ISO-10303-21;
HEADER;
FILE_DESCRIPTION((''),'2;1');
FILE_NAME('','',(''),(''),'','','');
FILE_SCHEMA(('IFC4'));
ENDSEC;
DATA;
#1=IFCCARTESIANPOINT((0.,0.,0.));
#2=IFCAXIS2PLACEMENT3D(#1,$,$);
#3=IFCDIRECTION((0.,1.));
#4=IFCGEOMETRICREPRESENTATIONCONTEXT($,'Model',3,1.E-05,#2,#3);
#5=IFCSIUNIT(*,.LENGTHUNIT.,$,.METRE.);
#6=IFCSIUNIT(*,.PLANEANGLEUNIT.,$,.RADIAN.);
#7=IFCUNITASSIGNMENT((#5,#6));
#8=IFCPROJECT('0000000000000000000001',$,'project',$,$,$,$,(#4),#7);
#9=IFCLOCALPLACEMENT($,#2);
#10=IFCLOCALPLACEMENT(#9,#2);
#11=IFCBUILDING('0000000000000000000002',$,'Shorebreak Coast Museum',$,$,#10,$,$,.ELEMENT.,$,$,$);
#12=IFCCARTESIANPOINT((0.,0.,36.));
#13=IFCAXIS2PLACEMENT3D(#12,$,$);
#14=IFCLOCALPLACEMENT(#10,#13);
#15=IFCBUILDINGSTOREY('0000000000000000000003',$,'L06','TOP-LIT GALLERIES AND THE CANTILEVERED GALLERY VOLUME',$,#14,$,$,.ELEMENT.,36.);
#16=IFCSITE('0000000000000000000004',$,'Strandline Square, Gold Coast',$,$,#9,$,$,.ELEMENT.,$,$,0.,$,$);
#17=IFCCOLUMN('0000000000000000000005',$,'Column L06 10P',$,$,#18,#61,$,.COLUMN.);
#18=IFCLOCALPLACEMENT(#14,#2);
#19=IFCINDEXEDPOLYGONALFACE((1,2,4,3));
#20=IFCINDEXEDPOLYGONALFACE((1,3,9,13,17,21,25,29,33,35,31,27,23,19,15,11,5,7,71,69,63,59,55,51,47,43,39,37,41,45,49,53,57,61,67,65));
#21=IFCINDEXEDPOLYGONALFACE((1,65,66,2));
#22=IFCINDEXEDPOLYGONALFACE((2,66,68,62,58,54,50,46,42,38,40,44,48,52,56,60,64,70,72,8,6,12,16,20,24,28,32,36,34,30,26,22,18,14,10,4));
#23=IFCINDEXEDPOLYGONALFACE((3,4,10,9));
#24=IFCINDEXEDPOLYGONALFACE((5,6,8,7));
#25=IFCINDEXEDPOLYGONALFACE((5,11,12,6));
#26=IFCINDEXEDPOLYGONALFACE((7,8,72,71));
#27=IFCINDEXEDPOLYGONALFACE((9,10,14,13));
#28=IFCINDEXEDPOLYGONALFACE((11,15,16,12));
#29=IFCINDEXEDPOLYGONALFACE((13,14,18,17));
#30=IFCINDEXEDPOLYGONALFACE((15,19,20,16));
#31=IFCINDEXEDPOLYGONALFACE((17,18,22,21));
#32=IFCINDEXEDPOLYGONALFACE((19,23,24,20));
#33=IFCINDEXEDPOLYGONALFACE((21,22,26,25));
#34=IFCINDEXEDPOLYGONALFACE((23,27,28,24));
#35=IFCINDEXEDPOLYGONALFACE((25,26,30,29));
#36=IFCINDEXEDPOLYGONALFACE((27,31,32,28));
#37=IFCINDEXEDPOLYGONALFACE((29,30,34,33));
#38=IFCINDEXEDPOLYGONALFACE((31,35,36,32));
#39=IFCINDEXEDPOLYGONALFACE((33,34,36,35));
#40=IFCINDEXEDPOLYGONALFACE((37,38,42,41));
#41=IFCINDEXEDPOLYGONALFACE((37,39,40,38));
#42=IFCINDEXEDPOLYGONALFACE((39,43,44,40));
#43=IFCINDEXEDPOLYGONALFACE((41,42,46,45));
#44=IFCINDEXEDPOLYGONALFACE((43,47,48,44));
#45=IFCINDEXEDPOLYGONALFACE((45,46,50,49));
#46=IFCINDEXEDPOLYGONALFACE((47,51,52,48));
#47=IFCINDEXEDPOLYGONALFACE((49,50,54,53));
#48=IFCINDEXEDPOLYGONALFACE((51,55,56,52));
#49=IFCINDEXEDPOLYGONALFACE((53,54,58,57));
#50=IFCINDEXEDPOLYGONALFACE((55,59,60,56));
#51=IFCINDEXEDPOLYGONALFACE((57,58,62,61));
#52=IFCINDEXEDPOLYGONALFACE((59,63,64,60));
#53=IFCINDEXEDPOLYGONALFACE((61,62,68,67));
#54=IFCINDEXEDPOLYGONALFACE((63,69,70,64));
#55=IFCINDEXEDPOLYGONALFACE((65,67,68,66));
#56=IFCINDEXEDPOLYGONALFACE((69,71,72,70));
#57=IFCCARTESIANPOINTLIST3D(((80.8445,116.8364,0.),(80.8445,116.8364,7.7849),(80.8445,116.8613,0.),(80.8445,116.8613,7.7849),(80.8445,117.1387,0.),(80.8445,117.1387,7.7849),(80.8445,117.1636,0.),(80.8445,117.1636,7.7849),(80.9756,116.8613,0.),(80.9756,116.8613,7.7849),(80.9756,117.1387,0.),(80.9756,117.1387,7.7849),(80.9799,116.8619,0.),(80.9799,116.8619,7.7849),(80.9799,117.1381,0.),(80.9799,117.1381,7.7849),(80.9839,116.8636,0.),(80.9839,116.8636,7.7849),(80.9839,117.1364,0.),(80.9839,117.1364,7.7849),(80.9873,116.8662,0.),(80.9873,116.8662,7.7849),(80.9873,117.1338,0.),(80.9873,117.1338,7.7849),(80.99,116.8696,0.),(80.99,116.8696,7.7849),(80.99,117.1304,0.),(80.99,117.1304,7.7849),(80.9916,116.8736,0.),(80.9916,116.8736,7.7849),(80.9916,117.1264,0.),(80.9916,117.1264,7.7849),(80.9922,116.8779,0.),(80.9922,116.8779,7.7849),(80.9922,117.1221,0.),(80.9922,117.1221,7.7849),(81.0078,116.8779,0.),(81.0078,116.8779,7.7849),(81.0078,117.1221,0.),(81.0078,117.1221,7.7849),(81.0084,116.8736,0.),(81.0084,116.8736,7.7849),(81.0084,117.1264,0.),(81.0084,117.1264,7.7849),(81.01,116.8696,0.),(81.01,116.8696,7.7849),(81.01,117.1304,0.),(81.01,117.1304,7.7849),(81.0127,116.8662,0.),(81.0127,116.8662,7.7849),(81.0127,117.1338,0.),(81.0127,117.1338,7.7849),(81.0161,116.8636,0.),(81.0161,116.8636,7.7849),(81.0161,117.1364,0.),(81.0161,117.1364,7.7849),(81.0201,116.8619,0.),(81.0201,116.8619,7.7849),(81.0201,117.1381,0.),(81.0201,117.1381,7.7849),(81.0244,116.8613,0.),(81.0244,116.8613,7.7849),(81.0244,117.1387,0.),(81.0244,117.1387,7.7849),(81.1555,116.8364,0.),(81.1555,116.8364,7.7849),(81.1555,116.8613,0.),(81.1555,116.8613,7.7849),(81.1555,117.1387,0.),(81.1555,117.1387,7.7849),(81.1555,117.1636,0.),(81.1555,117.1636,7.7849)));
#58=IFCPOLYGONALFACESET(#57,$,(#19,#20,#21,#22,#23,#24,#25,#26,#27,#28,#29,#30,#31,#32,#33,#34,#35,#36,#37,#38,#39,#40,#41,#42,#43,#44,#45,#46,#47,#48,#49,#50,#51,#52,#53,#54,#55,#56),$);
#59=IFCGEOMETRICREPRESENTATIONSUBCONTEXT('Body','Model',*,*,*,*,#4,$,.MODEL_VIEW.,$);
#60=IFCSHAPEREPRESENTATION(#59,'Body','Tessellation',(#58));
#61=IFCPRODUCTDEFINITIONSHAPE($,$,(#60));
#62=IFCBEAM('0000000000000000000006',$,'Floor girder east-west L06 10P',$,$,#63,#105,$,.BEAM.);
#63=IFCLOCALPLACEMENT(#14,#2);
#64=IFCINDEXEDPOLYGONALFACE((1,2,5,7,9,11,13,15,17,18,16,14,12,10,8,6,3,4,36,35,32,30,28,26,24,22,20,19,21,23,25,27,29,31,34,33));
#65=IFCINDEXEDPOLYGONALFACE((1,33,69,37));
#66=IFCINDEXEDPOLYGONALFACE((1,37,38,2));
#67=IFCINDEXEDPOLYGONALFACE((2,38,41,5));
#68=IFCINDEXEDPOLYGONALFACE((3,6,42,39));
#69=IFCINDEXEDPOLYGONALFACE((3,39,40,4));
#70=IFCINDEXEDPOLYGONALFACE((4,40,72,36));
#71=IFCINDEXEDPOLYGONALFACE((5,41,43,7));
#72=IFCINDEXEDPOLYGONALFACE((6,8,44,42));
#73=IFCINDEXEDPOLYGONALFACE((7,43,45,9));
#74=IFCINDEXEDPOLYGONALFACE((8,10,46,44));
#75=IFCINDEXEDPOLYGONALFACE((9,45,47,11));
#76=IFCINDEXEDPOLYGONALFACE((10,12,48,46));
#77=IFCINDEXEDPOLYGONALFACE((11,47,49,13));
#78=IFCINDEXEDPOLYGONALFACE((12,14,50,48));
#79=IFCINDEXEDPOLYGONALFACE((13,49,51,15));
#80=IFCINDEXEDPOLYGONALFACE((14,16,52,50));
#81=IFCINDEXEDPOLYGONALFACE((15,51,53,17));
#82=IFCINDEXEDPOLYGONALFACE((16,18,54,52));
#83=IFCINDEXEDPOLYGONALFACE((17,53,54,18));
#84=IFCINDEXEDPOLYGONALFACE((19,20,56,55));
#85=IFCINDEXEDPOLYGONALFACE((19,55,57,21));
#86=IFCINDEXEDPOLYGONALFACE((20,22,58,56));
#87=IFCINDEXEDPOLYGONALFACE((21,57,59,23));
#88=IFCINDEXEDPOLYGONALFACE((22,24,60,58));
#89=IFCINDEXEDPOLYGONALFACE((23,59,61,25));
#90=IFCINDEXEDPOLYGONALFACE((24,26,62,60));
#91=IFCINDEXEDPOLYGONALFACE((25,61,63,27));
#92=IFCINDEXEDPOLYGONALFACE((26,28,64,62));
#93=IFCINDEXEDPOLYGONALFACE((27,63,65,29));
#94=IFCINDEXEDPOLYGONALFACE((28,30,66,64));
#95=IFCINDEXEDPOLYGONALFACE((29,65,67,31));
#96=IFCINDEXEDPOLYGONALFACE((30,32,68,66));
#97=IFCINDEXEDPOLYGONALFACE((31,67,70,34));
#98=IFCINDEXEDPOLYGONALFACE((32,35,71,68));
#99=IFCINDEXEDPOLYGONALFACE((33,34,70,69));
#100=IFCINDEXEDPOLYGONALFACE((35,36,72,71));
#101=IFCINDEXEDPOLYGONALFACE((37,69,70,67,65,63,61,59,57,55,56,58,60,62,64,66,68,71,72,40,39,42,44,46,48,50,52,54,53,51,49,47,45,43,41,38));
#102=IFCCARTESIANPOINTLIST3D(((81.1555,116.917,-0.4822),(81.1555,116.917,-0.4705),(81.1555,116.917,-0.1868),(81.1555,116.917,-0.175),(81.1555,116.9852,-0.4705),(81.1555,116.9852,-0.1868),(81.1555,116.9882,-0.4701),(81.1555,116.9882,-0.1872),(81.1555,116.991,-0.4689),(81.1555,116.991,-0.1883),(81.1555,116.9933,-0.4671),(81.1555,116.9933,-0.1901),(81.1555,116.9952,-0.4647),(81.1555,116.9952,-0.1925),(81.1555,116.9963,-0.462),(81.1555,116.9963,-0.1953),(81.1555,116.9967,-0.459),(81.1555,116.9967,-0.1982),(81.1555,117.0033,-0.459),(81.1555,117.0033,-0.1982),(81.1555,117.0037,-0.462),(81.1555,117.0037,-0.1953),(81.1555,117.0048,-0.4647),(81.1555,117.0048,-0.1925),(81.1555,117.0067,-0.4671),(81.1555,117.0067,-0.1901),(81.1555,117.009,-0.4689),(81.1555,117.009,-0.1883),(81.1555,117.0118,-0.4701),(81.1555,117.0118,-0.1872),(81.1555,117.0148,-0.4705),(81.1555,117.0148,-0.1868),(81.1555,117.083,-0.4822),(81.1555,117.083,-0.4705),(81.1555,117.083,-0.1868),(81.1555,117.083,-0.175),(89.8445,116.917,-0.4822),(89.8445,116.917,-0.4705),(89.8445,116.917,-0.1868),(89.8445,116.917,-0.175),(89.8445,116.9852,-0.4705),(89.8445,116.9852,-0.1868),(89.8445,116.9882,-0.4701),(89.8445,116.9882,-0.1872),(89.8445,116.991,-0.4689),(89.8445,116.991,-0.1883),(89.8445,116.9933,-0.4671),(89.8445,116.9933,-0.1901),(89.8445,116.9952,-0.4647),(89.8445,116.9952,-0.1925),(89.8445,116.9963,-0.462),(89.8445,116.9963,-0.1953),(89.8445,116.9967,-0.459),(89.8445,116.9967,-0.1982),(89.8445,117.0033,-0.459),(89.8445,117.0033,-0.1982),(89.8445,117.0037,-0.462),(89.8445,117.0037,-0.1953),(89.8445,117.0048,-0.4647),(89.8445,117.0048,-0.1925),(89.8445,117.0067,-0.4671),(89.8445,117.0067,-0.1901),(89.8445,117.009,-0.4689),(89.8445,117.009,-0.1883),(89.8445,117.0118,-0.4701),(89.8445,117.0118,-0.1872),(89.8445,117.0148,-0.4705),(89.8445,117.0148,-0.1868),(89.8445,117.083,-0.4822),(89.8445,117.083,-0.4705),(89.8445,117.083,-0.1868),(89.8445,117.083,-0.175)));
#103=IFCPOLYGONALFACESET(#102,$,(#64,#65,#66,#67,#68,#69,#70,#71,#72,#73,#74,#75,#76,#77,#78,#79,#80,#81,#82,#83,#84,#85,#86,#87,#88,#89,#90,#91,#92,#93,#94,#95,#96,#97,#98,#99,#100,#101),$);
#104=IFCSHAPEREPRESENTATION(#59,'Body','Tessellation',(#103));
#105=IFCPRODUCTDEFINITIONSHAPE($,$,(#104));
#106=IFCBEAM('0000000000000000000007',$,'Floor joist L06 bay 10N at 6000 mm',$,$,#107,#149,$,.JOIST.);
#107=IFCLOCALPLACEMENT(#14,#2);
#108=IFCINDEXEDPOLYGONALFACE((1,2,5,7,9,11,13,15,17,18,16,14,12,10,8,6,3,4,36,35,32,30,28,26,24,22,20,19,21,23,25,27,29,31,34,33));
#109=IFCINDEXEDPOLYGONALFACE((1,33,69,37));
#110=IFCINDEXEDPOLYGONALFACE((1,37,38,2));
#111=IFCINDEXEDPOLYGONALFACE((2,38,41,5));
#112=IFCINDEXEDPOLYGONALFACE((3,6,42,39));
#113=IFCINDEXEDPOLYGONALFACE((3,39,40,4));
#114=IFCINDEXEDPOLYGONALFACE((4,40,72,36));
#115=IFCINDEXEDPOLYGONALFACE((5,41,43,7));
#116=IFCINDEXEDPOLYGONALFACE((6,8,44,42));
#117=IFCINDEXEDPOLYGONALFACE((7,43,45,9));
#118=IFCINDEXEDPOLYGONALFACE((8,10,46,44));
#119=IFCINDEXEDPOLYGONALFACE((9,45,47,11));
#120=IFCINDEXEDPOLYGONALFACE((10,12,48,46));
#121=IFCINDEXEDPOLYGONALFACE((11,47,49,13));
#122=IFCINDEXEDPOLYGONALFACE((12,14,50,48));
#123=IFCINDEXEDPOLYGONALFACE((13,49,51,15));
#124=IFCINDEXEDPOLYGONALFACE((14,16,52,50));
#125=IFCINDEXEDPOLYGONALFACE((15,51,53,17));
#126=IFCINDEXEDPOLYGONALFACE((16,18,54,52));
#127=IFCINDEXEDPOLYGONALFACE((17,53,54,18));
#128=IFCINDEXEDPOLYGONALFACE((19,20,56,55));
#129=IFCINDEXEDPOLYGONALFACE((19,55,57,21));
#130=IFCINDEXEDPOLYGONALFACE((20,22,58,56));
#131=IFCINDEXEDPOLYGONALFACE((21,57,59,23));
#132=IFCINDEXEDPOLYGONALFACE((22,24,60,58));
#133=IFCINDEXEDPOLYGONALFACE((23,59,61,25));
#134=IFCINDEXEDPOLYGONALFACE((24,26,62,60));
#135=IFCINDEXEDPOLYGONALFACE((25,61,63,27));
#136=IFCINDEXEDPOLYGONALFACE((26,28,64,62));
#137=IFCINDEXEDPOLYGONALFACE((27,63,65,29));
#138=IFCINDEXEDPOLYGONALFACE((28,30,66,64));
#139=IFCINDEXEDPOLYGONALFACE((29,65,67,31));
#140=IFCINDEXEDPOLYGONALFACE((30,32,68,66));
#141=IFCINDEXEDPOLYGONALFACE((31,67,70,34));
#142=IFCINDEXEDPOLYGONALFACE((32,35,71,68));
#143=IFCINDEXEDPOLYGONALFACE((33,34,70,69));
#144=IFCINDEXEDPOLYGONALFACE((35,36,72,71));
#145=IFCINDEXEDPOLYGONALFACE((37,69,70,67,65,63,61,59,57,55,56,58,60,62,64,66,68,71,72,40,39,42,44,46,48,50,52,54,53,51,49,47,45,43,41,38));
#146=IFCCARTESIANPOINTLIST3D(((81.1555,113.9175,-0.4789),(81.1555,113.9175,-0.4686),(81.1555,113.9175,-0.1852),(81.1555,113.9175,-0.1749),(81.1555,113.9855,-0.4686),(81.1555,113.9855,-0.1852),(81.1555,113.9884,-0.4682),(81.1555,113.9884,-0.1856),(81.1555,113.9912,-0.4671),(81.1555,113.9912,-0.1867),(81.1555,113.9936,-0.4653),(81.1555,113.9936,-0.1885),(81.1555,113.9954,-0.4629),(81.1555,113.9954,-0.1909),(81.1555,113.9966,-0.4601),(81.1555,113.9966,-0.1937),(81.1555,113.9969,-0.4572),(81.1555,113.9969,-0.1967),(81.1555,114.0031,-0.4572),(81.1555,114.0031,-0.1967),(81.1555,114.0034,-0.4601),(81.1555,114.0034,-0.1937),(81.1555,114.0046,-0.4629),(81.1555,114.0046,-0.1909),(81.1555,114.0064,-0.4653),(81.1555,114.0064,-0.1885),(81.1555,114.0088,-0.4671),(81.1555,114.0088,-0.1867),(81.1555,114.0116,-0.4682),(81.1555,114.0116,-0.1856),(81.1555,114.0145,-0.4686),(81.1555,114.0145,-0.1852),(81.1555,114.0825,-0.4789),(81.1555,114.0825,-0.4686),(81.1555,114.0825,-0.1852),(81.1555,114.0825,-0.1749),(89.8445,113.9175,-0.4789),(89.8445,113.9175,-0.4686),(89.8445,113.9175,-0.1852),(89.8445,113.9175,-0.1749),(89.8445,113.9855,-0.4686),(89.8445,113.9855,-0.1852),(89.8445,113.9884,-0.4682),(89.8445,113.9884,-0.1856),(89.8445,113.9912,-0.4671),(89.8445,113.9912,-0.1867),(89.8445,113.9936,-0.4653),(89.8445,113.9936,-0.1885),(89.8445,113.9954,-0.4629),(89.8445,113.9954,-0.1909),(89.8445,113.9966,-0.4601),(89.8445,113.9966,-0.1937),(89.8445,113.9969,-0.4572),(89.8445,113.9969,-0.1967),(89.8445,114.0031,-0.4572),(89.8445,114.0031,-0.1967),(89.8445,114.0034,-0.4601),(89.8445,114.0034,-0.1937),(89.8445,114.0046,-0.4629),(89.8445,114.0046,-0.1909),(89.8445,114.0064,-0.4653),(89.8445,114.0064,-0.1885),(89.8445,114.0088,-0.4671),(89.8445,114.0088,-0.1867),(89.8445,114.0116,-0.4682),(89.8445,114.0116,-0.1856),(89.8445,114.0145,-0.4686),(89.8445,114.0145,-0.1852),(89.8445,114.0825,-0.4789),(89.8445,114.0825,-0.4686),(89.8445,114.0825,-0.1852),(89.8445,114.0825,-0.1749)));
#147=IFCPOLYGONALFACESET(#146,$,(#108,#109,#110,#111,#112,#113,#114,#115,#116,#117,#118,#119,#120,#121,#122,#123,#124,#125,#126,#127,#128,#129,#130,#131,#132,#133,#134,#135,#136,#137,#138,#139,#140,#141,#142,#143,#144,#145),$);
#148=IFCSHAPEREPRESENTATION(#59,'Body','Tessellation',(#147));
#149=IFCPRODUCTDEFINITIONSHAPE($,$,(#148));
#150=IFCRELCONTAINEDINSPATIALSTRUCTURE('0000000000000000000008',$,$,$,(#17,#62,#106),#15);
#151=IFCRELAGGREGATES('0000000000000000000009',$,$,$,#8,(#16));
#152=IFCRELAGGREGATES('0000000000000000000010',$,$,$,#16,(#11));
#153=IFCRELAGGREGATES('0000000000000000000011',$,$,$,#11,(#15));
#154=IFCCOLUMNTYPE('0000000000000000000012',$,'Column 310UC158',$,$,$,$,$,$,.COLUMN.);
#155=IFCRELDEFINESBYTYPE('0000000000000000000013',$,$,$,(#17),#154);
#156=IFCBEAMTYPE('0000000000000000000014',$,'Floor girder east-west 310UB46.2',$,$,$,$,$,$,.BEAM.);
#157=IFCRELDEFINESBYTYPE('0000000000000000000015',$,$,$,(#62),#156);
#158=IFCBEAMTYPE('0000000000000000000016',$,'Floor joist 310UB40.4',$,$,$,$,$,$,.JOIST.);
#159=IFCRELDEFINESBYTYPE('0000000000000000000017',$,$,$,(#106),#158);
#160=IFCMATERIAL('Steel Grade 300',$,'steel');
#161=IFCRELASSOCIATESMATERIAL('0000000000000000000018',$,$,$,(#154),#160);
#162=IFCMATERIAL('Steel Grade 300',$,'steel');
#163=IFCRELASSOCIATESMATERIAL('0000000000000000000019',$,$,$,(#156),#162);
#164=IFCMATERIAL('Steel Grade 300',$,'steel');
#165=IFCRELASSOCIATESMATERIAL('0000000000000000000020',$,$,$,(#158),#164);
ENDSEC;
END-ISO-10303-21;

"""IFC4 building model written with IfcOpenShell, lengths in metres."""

from ifc_helpers import new_model, si_unit, direction, frame, origin, origin_2d, place, context, subcontext, project, spatial, i_section, extrude, material, material_profile, profile_set, type_object, element, save


model = new_model("IFC4")

# Units and contexts
model_context = context("Model", 3, precision=1e-05, world=origin(), true_north=direction((0.0, 1.0)))
body_context = subcontext(model_context, "Body", "Model", "MODEL_VIEW")
ifc_project = project(units=[si_unit("LENGTHUNIT", "METRE"), si_unit("PLANEANGLEUNIT", "RADIAN")], contexts=[model_context])

# Site, building, storey
site_placement = place(None, origin())
site = spatial("IfcSite", under=ifc_project, at=site_placement, Name="Strandline Square, Gold Coast", CompositionType="ELEMENT", RefElevation=0.0)
building_placement = place(site_placement, origin())
building = spatial("IfcBuilding", under=site, at=building_placement, Name="Shorebreak Coast Museum", CompositionType="ELEMENT")
storey_placement = place(building_placement, frame((0.0, 0.0, 36.0)))
storey = spatial("IfcBuildingStorey", under=building, at=storey_placement, Name="L06", Description="TOP-LIT GALLERIES AND THE CANTILEVERED GALLERY VOLUME", CompositionType="ELEMENT", Elevation=36.0)

# Column
ifc_material_1 = material(Name="Steel Grade 300", Category="steel")
ifc_material_profile_1 = material_profile(ifc_material_1, i_section(OverallWidth=0.311, OverallDepth=0.3271, WebThickness=0.0156, FlangeThickness=0.0249, FilletRadius=0.0166, at=origin_2d()), Name="310UC158")
ifc_profile_set_1 = profile_set([ifc_material_profile_1], Name="Steel Grade 300")
column_type = type_object("IfcColumnType", Name="Column 310UC158", PredefinedType="COLUMN", material=ifc_profile_set_1)
column_placement = place(storey_placement, frame((81.0, 117.0, 0.0), z_axis=(0.0, 0.0, 1.0), x_axis=(1.0, 0.0, 0.0)))
element("IfcColumn", 1, at=column_placement, inside=storey, type_object=column_type, Name="Column L06 10P", PredefinedType="COLUMN", context=body_context, shape_type="SweptSolid", body=[
    extrude(i_section(OverallWidth=0.311, OverallDepth=0.3271, WebThickness=0.0156, FlangeThickness=0.0249, FilletRadius=0.0166, at=origin_2d()), origin(), (0.0, 0.0, 1.0), 7.7849),
])

# Beams
ifc_material_2 = material(Name="Steel Grade 300", Category="steel")
ifc_material_profile_2 = material_profile(ifc_material_2, i_section(OverallWidth=0.166, OverallDepth=0.3071, WebThickness=0.0066, FlangeThickness=0.0117, FilletRadius=0.0115, at=origin_2d()), Name="310UB46.2")
ifc_profile_set_2 = profile_set([ifc_material_profile_2], Name="Steel Grade 300")
beam_type_1 = type_object("IfcBeamType", Name="Floor girder east-west 310UB46.2", PredefinedType="BEAM", material=ifc_profile_set_2)
beam_1_placement = place(storey_placement, frame((81.1555, 117.0, -0.3286), z_axis=(1.0, 0.0, 0.0), x_axis=(0.0, 1.0, 0.0)))
element("IfcBeam", 2, at=beam_1_placement, inside=storey, type_object=beam_type_1, Name="Floor girder east-west L06 10P", PredefinedType="BEAM", context=body_context, shape_type="SweptSolid", body=[
    extrude(i_section(OverallWidth=0.166, OverallDepth=0.3071, WebThickness=0.0066, FlangeThickness=0.0117, FilletRadius=0.0115, at=origin_2d()), origin(), (0.0, 0.0, 1.0), 8.689),
])
ifc_material_3 = material(Name="Steel Grade 300", Category="steel")
ifc_material_profile_3 = material_profile(ifc_material_3, i_section(OverallWidth=0.165, OverallDepth=0.304, WebThickness=0.0061, FlangeThickness=0.0103, FilletRadius=0.0115, at=origin_2d()), Name="310UB40.4")
ifc_profile_set_3 = profile_set([ifc_material_profile_3], Name="Steel Grade 300")
beam_type_2 = type_object("IfcBeamType", Name="Floor joist 310UB40.4", PredefinedType="JOIST", material=ifc_profile_set_3)
beam_2_placement = place(storey_placement, frame((81.1555, 114.0, -0.3269), z_axis=(1.0, 0.0, 0.0), x_axis=(0.0, 1.0, 0.0)))
element("IfcBeam", 3, at=beam_2_placement, inside=storey, type_object=beam_type_2, Name="Floor joist L06 bay 10N at 6000 mm", PredefinedType="JOIST", context=body_context, shape_type="SweptSolid", body=[
    extrude(i_section(OverallWidth=0.165, OverallDepth=0.304, WebThickness=0.0061, FlangeThickness=0.0103, FilletRadius=0.0115, at=origin_2d()), origin(), (0.0, 0.0, 1.0), 8.689),
])

save(model, "model.ifc")
